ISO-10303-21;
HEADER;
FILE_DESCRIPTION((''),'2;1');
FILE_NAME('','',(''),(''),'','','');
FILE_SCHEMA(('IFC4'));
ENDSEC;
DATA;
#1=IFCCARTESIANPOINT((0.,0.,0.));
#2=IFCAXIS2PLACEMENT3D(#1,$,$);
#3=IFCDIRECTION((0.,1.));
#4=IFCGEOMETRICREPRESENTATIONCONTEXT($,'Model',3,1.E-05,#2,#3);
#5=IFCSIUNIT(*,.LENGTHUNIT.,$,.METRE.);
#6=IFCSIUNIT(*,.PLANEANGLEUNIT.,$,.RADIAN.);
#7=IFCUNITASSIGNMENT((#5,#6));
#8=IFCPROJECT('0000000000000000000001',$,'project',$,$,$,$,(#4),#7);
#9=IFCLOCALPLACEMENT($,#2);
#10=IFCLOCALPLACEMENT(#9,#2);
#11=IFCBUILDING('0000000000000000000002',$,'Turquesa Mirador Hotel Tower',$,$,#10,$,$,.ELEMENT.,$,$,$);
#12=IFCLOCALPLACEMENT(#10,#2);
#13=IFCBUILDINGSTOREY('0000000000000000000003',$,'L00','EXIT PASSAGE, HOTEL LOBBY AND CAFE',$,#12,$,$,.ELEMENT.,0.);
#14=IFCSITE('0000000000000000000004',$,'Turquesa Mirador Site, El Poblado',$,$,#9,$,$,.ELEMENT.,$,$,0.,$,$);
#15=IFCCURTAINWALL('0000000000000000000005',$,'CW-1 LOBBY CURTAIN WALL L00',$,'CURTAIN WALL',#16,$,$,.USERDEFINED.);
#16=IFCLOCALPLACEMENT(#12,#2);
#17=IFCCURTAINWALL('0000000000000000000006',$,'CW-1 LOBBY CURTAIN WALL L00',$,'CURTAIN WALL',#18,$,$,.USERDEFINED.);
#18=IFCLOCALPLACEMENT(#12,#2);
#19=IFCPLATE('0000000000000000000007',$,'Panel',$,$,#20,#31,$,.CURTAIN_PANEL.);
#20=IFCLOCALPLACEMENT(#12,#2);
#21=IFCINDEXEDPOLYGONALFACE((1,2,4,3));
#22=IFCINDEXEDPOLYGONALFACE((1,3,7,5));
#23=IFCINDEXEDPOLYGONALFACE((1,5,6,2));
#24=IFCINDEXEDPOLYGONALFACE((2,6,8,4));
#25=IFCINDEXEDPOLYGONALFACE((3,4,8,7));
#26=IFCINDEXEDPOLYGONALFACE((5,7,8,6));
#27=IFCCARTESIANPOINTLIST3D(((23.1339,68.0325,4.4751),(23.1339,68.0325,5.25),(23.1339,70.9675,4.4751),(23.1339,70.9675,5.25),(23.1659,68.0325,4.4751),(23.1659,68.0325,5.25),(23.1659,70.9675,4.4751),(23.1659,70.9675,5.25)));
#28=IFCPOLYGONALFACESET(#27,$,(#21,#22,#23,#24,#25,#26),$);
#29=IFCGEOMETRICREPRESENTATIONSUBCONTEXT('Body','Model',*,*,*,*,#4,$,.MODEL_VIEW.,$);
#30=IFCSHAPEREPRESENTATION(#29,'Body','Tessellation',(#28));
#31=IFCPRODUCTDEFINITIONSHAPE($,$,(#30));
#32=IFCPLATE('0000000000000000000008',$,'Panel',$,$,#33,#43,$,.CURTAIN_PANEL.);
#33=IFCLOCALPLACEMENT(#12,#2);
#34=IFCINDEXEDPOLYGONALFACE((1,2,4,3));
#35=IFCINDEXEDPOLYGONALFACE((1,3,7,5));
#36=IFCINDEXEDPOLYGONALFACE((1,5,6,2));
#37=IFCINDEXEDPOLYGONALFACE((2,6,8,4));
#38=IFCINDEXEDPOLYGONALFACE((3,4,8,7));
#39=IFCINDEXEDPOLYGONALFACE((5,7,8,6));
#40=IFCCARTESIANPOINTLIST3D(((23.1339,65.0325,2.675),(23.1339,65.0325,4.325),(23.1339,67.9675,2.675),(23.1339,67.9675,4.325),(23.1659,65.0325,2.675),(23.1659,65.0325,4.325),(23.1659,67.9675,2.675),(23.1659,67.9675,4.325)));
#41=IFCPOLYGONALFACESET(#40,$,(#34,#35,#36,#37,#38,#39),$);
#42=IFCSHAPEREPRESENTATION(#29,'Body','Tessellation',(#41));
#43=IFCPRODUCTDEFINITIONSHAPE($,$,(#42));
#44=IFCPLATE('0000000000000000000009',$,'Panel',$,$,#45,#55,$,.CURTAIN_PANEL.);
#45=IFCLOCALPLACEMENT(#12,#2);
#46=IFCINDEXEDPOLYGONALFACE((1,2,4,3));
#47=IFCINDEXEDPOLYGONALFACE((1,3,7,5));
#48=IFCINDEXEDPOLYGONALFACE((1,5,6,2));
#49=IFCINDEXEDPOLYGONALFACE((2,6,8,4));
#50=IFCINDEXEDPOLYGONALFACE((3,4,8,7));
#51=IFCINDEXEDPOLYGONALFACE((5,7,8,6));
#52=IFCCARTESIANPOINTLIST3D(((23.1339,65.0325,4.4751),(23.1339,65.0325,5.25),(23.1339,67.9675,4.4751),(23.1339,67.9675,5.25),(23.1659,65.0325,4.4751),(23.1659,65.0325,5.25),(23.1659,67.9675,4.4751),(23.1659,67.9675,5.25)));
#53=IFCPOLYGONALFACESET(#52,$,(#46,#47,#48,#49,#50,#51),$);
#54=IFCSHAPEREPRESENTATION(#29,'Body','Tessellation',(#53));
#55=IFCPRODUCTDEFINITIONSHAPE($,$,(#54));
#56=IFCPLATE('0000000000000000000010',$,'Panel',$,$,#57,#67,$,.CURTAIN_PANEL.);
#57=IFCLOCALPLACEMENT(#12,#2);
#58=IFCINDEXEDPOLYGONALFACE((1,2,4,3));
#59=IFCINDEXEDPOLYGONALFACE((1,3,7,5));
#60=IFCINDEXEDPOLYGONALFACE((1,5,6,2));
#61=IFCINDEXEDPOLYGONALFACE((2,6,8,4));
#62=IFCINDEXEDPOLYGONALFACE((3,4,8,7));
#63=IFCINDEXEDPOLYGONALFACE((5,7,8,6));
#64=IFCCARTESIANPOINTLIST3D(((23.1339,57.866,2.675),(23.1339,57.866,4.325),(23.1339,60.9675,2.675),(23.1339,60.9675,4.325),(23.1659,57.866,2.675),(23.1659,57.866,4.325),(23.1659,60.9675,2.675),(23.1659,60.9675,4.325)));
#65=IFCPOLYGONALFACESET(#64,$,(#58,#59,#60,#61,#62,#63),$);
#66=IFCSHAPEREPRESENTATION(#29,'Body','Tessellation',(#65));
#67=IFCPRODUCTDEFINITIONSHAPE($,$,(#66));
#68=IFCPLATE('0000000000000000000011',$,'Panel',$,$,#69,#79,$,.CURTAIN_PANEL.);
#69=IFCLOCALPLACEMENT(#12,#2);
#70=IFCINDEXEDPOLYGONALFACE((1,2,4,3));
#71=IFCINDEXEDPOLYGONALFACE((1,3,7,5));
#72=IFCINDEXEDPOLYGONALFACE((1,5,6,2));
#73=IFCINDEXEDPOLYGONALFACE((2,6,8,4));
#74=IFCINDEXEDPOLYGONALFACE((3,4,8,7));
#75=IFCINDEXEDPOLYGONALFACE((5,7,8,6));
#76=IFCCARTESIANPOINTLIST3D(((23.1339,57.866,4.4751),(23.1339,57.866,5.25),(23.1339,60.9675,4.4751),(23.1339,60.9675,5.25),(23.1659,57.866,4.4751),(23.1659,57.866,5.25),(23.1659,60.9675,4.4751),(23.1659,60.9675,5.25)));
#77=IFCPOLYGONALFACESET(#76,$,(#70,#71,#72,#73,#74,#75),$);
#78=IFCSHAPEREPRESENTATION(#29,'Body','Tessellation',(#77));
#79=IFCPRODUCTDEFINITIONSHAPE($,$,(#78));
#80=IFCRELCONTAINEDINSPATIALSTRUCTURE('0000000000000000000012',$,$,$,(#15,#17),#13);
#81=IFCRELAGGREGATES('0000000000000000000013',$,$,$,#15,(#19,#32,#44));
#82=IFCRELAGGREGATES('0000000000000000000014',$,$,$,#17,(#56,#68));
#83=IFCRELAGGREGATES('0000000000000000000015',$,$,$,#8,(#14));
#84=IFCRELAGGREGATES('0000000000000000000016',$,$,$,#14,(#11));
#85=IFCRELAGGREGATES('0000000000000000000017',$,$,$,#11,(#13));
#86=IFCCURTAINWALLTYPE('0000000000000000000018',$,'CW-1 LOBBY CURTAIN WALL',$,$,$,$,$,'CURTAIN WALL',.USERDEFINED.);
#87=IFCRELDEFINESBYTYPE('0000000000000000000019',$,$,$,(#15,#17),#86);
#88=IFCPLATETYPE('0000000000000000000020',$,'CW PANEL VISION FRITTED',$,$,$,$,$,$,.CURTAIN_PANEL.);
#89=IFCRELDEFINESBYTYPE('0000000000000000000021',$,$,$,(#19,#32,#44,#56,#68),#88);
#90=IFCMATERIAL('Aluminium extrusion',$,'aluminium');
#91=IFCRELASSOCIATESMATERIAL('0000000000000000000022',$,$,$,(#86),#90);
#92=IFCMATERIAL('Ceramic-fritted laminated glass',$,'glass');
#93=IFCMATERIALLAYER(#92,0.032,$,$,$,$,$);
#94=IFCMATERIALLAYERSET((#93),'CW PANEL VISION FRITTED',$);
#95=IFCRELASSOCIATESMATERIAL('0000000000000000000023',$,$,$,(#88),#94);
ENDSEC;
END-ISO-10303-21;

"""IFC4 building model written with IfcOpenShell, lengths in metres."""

from ifc_helpers import new_model, si_unit, direction, frame, origin, origin_2d, place, context, subcontext, project, spatial, rectangle, extrude, material, layer, layer_set, type_object, element, aggregate, save


model = new_model("IFC4")

# Units and contexts
model_context = context("Model", 3, precision=1e-05, world=origin(), true_north=direction((0.0, 1.0)))
body_context = subcontext(model_context, "Body", "Model", "MODEL_VIEW")
ifc_project = project(units=[si_unit("LENGTHUNIT", "METRE"), si_unit("PLANEANGLEUNIT", "RADIAN")], contexts=[model_context])

# Site, building, storey
site_placement = place(None, origin())
site = spatial("IfcSite", under=ifc_project, at=site_placement, Name="Turquesa Mirador Site, El Poblado", CompositionType="ELEMENT", RefElevation=0.0)
building_placement = place(site_placement, origin())
building = spatial("IfcBuilding", under=site, at=building_placement, Name="Turquesa Mirador Hotel Tower", CompositionType="ELEMENT")
storey_placement = place(building_placement, origin())
storey = spatial("IfcBuildingStorey", under=building, at=storey_placement, Name="L00", Description="EXIT PASSAGE, HOTEL LOBBY AND CAFE", CompositionType="ELEMENT", Elevation=0.0)

# Shared definitions
ifc_material_1 = material(Name="Aluminium extrusion", Category="aluminium")
curtain_wall_type = type_object("IfcCurtainWallType", Name="CW-1 LOBBY CURTAIN WALL", ElementType="CURTAIN WALL", PredefinedType="USERDEFINED", material=ifc_material_1)

# Curtain walls
curtain_wall_1_placement = place(storey_placement, origin())
curtain_wall_1 = element("IfcCurtainWall", 1, at=curtain_wall_1_placement, inside=storey, type_object=curtain_wall_type, Name="CW-1 LOBBY CURTAIN WALL L00", ObjectType="CURTAIN WALL", PredefinedType="USERDEFINED")
curtain_wall_2_placement = place(storey_placement, origin())
curtain_wall_2 = element("IfcCurtainWall", 2, at=curtain_wall_2_placement, inside=storey, type_object=curtain_wall_type, Name="CW-1 LOBBY CURTAIN WALL L00", ObjectType="CURTAIN WALL", PredefinedType="USERDEFINED")

# Plates
ifc_material_2 = material(Name="Ceramic-fritted laminated glass", Category="glass")
ifc_layer_1 = layer(ifc_material_2, 0.032)
ifc_layer_set_1 = layer_set([ifc_layer_1], Name="CW PANEL VISION FRITTED")
plate_type_1 = type_object("IfcPlateType", Name="CW PANEL VISION FRITTED", PredefinedType="CURTAIN_PANEL", material=ifc_layer_set_1)
plate_1_placement = place(storey_placement, frame((23.1499, 69.5, 4.4751), z_axis=(0.0, 0.0, 1.0), x_axis=(0.0, -1.0, 0.0)))
plate_1 = element("IfcPlate", 3, at=plate_1_placement, type_object=plate_type_1, Name="Panel", PredefinedType="CURTAIN_PANEL", context=body_context, shape_type="SweptSolid", body=[
    extrude(rectangle(XDim=2.9351, YDim=0.032, at=origin_2d()), origin(), (0.0, 0.0, 1.0), 0.7749),
])
plate_2_placement = place(storey_placement, frame((23.1499, 66.5, 2.675), z_axis=(0.0, 0.0, 1.0), x_axis=(0.0, -1.0, 0.0)))
plate_2 = element("IfcPlate", 4, at=plate_2_placement, type_object=plate_type_1, Name="Panel", PredefinedType="CURTAIN_PANEL", context=body_context, shape_type="SweptSolid", body=[
    extrude(rectangle(XDim=2.9351, YDim=0.032, at=origin_2d()), origin(), (0.0, 0.0, 1.0), 1.6499),
])
plate_3_placement = place(storey_placement, frame((23.1499, 66.5, 4.4751), z_axis=(0.0, 0.0, 1.0), x_axis=(0.0, -1.0, 0.0)))
plate_3 = element("IfcPlate", 5, at=plate_3_placement, type_object=plate_type_1, Name="Panel", PredefinedType="CURTAIN_PANEL", context=body_context, shape_type="SweptSolid", body=[
    extrude(rectangle(XDim=2.9351, YDim=0.032, at=origin_2d()), origin(), (0.0, 0.0, 1.0), 0.7749),
])
aggregate(curtain_wall_1, [plate_1, plate_2, plate_3])
plate_4_placement = place(storey_placement, frame((23.1499, 59.4167, 2.675), z_axis=(0.0, 0.0, 1.0), x_axis=(0.0, -1.0, 0.0)))
plate_4 = element("IfcPlate", 6, at=plate_4_placement, type_object=plate_type_1, Name="Panel", PredefinedType="CURTAIN_PANEL", context=body_context, shape_type="SweptSolid", body=[
    extrude(rectangle(XDim=3.1016, YDim=0.032, at=origin_2d()), origin(), (0.0, 0.0, 1.0), 1.6499),
])
plate_5_placement = place(storey_placement, frame((23.1499, 59.4167, 4.4751), z_axis=(0.0, 0.0, 1.0), x_axis=(0.0, -1.0, 0.0)))
plate_5 = element("IfcPlate", 7, at=plate_5_placement, type_object=plate_type_1, Name="Panel", PredefinedType="CURTAIN_PANEL", context=body_context, shape_type="SweptSolid", body=[
    extrude(rectangle(XDim=3.1016, YDim=0.032, at=origin_2d()), origin(), (0.0, 0.0, 1.0), 0.7749),
])
aggregate(curtain_wall_2, [plate_4, plate_5])

save(model, "model.ifc")
